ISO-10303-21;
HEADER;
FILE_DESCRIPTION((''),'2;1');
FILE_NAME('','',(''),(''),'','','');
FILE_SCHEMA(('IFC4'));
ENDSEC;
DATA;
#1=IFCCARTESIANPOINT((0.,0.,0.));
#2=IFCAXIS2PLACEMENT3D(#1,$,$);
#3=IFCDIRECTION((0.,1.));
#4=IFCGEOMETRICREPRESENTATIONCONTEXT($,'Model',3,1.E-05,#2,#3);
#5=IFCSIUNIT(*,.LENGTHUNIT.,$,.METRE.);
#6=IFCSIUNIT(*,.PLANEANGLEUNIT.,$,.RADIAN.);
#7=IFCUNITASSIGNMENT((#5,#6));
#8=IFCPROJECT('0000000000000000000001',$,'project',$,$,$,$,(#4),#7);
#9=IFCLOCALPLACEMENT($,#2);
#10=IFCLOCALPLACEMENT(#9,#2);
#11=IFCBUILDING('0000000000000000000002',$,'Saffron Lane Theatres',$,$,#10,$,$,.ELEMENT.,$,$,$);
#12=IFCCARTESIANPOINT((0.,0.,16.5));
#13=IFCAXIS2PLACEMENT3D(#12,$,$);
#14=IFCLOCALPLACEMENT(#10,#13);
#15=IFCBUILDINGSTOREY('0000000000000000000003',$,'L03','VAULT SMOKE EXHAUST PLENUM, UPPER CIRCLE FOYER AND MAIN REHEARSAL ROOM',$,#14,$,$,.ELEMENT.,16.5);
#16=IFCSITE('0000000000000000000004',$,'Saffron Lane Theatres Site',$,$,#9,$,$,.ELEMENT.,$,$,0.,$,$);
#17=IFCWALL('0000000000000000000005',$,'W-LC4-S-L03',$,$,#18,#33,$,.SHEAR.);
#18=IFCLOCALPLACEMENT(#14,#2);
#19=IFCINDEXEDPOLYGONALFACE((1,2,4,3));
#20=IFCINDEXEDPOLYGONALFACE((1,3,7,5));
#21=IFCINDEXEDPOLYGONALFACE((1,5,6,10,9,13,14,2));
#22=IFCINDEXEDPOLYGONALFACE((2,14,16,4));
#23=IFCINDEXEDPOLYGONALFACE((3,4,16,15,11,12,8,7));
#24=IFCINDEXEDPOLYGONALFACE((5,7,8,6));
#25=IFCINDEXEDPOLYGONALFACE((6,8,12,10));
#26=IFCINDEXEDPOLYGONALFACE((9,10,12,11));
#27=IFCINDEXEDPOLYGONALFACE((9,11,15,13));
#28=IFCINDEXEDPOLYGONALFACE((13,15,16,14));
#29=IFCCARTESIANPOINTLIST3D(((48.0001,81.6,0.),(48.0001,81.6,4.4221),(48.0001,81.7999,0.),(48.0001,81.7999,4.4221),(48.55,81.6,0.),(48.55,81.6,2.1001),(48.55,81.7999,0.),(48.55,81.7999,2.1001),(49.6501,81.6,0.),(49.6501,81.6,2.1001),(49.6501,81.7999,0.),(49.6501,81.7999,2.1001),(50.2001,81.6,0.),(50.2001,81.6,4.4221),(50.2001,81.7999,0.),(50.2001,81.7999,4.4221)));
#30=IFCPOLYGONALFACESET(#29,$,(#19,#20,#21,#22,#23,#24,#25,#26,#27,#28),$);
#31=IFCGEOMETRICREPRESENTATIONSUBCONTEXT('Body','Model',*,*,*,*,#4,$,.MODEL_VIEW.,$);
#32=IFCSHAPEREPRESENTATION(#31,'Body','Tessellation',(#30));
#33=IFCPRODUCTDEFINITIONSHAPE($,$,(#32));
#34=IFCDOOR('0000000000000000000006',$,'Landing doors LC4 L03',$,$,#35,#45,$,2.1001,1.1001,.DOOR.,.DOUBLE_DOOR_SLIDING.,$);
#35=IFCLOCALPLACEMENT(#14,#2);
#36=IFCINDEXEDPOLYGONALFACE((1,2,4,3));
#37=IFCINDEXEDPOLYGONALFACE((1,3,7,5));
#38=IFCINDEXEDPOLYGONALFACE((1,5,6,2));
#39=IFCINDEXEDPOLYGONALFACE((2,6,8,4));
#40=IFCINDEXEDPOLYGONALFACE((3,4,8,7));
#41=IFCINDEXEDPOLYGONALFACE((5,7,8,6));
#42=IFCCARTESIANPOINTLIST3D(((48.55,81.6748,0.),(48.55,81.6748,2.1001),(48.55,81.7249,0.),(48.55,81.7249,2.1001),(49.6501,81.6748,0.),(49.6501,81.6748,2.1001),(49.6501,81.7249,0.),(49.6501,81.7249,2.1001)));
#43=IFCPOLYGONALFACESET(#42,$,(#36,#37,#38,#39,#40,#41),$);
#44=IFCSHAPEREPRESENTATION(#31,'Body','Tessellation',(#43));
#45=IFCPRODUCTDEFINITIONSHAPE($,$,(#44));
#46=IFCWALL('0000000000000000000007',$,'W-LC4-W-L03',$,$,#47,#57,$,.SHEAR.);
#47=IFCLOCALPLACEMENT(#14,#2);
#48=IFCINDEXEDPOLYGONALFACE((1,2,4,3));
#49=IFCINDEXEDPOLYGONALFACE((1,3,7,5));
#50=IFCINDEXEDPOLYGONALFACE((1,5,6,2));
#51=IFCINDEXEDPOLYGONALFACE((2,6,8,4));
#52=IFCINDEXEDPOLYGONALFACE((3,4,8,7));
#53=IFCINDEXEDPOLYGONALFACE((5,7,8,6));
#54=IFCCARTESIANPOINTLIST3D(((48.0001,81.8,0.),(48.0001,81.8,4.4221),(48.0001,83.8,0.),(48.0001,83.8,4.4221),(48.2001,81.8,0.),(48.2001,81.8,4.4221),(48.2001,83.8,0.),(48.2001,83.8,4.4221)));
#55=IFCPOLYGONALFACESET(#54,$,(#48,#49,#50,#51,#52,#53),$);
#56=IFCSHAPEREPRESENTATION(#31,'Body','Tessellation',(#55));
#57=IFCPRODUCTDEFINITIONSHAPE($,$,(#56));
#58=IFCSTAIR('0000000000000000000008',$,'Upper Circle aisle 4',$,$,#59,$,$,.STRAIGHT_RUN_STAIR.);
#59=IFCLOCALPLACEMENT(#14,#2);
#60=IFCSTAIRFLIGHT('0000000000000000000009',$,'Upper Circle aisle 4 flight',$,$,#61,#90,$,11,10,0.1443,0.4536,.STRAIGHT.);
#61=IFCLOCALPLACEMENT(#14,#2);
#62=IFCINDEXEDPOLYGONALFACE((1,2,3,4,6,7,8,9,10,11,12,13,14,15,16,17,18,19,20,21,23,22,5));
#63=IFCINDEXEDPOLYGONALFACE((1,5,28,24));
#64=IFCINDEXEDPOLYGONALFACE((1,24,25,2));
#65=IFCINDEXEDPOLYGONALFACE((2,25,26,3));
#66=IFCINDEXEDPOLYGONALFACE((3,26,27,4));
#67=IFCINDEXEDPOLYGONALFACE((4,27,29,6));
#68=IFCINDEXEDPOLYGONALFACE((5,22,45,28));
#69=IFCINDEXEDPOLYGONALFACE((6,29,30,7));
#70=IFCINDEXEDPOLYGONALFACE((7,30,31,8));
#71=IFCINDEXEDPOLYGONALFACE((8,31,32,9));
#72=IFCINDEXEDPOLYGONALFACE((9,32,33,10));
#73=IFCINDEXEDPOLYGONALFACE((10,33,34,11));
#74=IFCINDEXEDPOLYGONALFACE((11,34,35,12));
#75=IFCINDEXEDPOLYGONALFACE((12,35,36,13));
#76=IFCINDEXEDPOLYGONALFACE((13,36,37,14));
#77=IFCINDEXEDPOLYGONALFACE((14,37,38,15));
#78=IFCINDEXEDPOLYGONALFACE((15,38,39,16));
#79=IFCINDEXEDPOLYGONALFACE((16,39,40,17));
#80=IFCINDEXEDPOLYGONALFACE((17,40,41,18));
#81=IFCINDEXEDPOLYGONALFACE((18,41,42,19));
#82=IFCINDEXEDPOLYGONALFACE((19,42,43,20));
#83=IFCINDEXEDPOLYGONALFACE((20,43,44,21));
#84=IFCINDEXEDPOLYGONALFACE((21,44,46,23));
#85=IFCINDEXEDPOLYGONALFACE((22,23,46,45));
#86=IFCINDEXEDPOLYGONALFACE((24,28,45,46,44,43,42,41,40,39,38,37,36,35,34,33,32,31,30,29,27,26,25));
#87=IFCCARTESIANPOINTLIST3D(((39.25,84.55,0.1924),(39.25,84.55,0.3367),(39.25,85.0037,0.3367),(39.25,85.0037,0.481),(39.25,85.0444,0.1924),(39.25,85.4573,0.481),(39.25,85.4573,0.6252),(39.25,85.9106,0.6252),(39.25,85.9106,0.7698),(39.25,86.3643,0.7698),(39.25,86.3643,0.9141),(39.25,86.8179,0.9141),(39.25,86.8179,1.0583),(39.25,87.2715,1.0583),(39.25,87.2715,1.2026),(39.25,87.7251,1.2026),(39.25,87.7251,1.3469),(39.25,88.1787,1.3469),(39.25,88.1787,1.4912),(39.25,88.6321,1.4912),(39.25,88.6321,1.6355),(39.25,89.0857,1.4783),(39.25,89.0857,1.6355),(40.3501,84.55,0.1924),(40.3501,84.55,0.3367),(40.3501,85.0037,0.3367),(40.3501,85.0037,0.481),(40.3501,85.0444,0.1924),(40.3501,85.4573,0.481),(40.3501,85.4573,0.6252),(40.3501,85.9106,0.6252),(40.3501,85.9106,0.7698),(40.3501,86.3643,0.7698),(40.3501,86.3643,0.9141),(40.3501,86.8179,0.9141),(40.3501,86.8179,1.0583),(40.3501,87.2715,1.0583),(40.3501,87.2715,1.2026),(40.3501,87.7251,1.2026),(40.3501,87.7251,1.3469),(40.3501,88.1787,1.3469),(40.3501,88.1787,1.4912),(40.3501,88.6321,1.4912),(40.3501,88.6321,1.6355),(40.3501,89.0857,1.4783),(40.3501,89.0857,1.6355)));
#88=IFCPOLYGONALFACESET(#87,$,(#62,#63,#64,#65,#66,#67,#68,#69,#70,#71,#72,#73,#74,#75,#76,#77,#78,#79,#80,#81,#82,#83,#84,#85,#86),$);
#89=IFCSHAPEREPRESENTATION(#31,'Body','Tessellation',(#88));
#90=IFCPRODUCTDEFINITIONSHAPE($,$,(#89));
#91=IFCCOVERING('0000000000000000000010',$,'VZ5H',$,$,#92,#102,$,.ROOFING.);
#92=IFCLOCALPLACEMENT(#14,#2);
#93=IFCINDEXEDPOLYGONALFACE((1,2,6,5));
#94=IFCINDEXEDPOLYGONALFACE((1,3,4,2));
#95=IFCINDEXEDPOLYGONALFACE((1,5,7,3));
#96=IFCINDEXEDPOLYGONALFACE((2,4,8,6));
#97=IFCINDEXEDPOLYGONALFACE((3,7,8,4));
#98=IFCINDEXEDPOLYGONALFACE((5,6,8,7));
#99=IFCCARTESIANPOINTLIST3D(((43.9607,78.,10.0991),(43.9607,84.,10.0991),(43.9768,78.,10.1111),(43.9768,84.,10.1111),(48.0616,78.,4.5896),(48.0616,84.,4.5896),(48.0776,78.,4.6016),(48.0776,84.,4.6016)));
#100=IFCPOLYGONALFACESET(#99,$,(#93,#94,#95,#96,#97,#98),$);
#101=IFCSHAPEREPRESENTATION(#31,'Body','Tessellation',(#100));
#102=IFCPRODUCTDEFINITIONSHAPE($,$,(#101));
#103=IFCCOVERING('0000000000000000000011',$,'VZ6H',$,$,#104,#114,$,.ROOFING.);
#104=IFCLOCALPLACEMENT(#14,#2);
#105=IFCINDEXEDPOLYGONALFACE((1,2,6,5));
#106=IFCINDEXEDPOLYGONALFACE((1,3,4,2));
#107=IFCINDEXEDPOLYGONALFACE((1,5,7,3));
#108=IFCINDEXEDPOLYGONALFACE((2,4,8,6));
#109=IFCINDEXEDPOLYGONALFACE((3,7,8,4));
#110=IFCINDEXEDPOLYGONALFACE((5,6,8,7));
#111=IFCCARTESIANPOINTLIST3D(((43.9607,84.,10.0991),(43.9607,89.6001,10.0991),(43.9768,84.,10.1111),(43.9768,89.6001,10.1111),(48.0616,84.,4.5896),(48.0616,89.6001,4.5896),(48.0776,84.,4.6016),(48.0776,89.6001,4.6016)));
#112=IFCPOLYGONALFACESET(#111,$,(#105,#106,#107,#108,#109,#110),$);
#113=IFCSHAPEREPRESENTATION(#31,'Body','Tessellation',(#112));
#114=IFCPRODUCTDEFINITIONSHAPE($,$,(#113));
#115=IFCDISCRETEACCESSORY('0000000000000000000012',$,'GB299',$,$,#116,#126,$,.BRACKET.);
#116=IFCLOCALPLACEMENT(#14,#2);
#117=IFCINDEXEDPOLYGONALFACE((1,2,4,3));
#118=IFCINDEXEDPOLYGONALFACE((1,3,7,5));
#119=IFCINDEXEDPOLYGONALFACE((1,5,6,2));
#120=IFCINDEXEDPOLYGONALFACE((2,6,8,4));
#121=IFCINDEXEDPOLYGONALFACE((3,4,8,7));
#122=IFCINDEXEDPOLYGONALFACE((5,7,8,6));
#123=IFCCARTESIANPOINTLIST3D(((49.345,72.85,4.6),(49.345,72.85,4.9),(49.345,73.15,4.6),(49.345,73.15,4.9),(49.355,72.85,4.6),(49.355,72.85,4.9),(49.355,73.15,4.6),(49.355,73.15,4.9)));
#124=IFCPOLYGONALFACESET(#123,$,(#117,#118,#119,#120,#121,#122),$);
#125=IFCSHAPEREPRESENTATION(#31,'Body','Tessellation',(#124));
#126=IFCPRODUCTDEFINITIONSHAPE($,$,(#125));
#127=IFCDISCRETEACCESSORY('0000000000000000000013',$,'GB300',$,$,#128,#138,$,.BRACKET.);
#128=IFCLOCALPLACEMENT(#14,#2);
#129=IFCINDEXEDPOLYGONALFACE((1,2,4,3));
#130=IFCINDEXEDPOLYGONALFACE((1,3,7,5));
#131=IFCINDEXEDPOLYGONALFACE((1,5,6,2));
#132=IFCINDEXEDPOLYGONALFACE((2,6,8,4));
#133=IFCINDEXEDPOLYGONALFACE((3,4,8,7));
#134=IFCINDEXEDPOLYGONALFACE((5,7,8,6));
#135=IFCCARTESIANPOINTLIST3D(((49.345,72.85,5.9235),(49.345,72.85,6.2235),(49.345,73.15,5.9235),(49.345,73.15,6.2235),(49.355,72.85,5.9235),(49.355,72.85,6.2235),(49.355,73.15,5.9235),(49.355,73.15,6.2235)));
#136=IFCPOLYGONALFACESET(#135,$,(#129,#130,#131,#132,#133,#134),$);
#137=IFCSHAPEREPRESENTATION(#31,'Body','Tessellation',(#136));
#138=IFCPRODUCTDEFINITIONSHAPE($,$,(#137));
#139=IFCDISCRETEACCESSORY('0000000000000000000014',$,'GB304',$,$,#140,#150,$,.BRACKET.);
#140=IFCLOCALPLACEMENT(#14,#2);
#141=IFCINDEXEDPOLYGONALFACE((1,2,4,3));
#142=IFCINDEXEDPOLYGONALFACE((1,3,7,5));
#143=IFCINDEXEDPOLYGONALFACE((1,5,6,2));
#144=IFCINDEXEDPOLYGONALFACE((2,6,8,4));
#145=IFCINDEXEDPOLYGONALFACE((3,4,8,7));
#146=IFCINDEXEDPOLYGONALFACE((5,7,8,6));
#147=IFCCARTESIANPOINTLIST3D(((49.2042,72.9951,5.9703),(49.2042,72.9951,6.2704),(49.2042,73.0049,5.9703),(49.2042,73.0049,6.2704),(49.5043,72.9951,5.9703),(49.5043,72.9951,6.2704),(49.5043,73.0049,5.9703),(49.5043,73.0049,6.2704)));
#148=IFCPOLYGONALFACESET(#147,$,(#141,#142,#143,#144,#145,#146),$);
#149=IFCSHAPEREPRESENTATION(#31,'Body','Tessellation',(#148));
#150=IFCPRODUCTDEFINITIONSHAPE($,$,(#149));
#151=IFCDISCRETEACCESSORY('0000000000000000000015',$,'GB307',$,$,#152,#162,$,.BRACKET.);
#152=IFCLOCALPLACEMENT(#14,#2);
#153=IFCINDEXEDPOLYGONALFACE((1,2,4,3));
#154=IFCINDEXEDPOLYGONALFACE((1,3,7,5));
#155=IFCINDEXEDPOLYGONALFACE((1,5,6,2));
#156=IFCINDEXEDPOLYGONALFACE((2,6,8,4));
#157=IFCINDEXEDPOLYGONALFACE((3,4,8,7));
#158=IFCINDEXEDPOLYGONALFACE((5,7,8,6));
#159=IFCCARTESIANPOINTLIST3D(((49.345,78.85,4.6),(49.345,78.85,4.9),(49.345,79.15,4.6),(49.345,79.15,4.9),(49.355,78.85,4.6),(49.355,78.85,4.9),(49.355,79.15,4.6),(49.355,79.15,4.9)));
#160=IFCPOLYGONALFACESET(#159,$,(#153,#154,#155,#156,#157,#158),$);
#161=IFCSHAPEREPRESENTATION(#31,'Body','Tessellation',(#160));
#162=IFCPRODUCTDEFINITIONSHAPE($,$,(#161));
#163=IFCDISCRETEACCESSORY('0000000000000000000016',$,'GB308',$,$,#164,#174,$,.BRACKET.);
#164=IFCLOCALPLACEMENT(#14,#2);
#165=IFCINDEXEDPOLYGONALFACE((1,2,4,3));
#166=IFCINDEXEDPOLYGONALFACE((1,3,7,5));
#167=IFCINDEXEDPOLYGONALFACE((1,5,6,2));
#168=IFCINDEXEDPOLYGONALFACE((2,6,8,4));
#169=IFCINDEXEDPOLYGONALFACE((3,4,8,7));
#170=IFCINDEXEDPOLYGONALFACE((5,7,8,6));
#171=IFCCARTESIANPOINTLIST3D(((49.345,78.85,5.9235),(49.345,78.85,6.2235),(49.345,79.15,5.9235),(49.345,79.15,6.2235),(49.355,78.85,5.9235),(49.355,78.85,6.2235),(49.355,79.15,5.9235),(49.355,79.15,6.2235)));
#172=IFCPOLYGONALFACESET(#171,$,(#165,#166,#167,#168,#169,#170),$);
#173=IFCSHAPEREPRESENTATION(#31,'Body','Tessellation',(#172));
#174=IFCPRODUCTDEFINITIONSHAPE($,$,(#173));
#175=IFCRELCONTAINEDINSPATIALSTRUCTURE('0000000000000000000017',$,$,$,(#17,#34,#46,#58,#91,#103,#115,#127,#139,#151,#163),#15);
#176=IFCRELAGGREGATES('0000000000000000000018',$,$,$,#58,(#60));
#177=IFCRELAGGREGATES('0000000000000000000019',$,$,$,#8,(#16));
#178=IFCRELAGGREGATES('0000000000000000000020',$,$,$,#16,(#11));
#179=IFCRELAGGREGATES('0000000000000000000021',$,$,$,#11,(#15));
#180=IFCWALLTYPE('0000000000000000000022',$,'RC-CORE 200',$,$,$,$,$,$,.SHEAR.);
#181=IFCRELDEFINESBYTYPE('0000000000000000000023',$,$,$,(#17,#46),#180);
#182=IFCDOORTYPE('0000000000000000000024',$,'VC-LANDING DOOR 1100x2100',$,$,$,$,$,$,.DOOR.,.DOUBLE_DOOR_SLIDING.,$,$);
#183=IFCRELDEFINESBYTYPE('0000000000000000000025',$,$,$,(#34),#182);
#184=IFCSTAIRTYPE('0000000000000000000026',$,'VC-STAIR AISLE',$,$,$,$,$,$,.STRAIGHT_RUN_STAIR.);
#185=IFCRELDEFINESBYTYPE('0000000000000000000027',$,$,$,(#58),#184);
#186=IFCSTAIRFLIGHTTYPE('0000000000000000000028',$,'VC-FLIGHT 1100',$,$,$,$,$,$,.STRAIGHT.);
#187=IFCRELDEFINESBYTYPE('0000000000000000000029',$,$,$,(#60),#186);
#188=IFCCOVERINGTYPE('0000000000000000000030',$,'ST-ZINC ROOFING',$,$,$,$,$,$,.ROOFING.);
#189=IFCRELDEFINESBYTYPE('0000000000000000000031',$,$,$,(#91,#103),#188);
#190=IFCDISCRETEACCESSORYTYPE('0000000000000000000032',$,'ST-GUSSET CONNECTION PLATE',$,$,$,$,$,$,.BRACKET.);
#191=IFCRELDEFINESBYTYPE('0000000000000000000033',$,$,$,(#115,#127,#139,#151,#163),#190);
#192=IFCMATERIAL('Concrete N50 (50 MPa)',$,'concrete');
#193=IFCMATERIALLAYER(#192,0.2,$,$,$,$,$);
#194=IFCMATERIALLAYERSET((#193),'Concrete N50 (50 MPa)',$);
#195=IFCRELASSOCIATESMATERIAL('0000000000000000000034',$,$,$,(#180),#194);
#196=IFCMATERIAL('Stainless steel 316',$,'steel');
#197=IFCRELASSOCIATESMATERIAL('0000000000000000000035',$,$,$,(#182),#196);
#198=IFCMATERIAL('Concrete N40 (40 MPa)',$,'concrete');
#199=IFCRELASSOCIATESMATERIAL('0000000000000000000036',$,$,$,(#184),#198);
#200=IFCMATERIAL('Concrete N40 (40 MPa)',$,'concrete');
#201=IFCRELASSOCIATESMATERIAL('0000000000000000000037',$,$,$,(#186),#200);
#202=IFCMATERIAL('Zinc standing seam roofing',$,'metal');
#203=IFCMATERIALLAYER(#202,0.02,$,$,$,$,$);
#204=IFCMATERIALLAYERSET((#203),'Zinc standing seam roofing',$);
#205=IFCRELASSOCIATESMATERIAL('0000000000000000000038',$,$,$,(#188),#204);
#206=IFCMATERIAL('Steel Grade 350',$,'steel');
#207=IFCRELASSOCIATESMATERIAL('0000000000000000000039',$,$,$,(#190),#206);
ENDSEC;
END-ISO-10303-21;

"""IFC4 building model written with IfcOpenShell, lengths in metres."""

from ifc_helpers import new_model, si_unit, direction, frame, frame_2d, origin, origin_2d, place, context, subcontext, project, spatial, polyline, rectangle, outline, extrude, material, layer, layer_set, material_profile, profile_set, type_object, element, fill, aggregate, save


model = new_model("IFC4")

# Units and contexts
model_context = context("Model", 3, precision=1e-05, world=origin(), true_north=direction((0.0, 1.0)))
body_context = subcontext(model_context, "Body", "Model", "MODEL_VIEW")
ifc_project = project(units=[si_unit("LENGTHUNIT", "METRE"), si_unit("PLANEANGLEUNIT", "RADIAN")], contexts=[model_context])

# Site, building, storey
site_placement = place(None, origin())
site = spatial("IfcSite", under=ifc_project, at=site_placement, Name="Saffron Lane Theatres Site", CompositionType="ELEMENT", RefElevation=0.0)
building_placement = place(site_placement, origin())
building = spatial("IfcBuilding", under=site, at=building_placement, Name="Saffron Lane Theatres", CompositionType="ELEMENT")
storey_placement = place(building_placement, frame((0.0, 0.0, 16.5)))
storey = spatial("IfcBuildingStorey", under=building, at=storey_placement, Name="L03", Description="VAULT SMOKE EXHAUST PLENUM, UPPER CIRCLE FOYER AND MAIN REHEARSAL ROOM", CompositionType="ELEMENT", Elevation=16.5)

# Shared definitions
ifc_material_1 = material(Name="Concrete N50 (50 MPa)", Category="concrete")
ifc_layer_1 = layer(ifc_material_1, 0.2)
ifc_layer_set_1 = layer_set([ifc_layer_1], Name="Concrete N50 (50 MPa)")
wall_type = type_object("IfcWallType", Name="RC-CORE 200", PredefinedType="SHEAR", material=ifc_layer_set_1)

# Wall, opening, door
wall_1_placement = place(storey_placement, frame((48.0, 81.7, 0.0), z_axis=(0.0, 0.0, 1.0), x_axis=(1.0, 0.0, 0.0)))
wall_1 = element("IfcWall", 1, at=wall_1_placement, inside=storey, type_object=wall_type, Name="W-LC4-S-L03", PredefinedType="SHEAR", context=body_context, shape_type="SweptSolid", body=[
    extrude(rectangle(XDim=2.2, YDim=0.2, at=frame_2d((1.1001, 0.0))), origin(), (0.0, 0.0, 1.0), 4.4221),
])
opening_placement = place(wall_1_placement, frame((0.55, 0.0, 0.0)))
opening = element("IfcOpeningElement", 2, at=opening_placement, cuts=wall_1, PredefinedType="OPENING", context=body_context, shape_type="SweptSolid", body=[
    extrude(rectangle(XDim=1.1001, YDim=2.1001, at=frame_2d((0.55, 1.05))), frame((0.0, 0.1099, 0.0), z_axis=(0.0, -1.0, 0.0), x_axis=(1.0, 0.0, 0.0)), (0.0, 0.0, 1.0), 0.22),
])
ifc_material_2 = material(Name="Stainless steel 316", Category="steel")
door_type = type_object("IfcDoorType", Name="VC-LANDING DOOR 1100x2100", OperationType="DOUBLE_DOOR_SLIDING", PredefinedType="DOOR", material=ifc_material_2)
door_placement = place(opening_placement, origin())
door = element("IfcDoor", 3, at=door_placement, inside=storey, type_object=door_type, Name="Landing doors LC4 L03", OperationType="DOUBLE_DOOR_SLIDING", OverallHeight=2.1001, OverallWidth=1.1001, PredefinedType="DOOR", context=body_context, shape_type="SweptSolid", body=[
    extrude(rectangle(XDim=1.1001, YDim=2.1001, at=frame_2d((0.55, 1.05))), frame((0.0, 0.0249, 0.0), z_axis=(0.0, -1.0, 0.0), x_axis=(1.0, 0.0, 0.0)), (0.0, 0.0, 1.0), 0.05),
])
fill(opening, door)

# Wall
wall_2_placement = place(storey_placement, frame((48.1001, 81.8, 0.0), z_axis=(0.0, 0.0, 1.0), x_axis=(0.0, 1.0, 0.0)))
element("IfcWall", 4, at=wall_2_placement, inside=storey, type_object=wall_type, Name="W-LC4-W-L03", PredefinedType="SHEAR", context=body_context, shape_type="SweptSolid", body=[
    extrude(rectangle(XDim=2.0, YDim=0.2, at=frame_2d((1.0, 0.0))), origin(), (0.0, 0.0, 1.0), 4.4221),
])

# Stair, stair flight
ifc_material_3 = material(Name="Concrete N40 (40 MPa)", Category="concrete")
stair_type = type_object("IfcStairType", Name="VC-STAIR AISLE", PredefinedType="STRAIGHT_RUN_STAIR", material=ifc_material_3)
stair_placement = place(storey_placement, origin())
stair = element("IfcStair", 5, at=stair_placement, inside=storey, type_object=stair_type, Name="Upper Circle aisle 4", PredefinedType="STRAIGHT_RUN_STAIR")
ifc_material_4 = material(Name="Concrete N40 (40 MPa)", Category="concrete")
stair_flight_type = type_object("IfcStairFlightType", Name="VC-FLIGHT 1100", PredefinedType="STRAIGHT", material=ifc_material_4)
stair_flight_placement = place(storey_placement, frame((39.8, 84.55, 0.1924), z_axis=(0.0, 0.0, 1.0), x_axis=(0.0, 1.0, 0.0)))
stair_flight = element("IfcStairFlight", 6, at=stair_flight_placement, type_object=stair_flight_type, Name="Upper Circle aisle 4 flight", NumberOfRisers=11, NumberOfTreads=10, PredefinedType="STRAIGHT", RiserHeight=0.1443, TreadLength=0.4536, context=body_context, shape_type="SweptSolid", body=[
    extrude(outline(polyline([(0.0, 0.0), (0.0, 0.1443), (0.4536, 0.1443), (0.4536, 0.2886), (0.9072, 0.2886), (0.9072, 0.4329), (1.3606, 0.4329), (1.3606, 0.5774), (1.8142, 0.5774), (1.8142, 0.7217), (2.2678, 0.7217), (2.2678, 0.866), (2.7214, 0.866), (2.7214, 1.0103), (3.175, 1.0103), (3.175, 1.1545), (3.6287, 1.1545), (3.6287, 1.2988), (4.082, 1.2988), (4.082, 1.4431), (4.5356, 1.4431), (4.5356, 1.5874), (4.5356, 1.2859), (0.4944, 0.0), (0.0, 0.0)])), frame((0.0, 0.55, 0.0), z_axis=(0.0, -1.0, 0.0), x_axis=(1.0, 0.0, 0.0)), (0.0, 0.0, 1.0), 1.1001),
])
aggregate(stair, [stair_flight])

# Coverings
ifc_material_5 = material(Name="Zinc standing seam roofing", Category="metal")
ifc_layer_2 = layer(ifc_material_5, 0.02)
ifc_layer_set_2 = layer_set([ifc_layer_2], Name="Zinc standing seam roofing")
covering_type = type_object("IfcCoveringType", Name="ST-ZINC ROOFING", PredefinedType="ROOFING", material=ifc_layer_set_2)
covering_1_placement = place(storey_placement, frame((43.9768, 78.0, 10.1111), z_axis=(0.802183, 0.0, 0.597078), x_axis=(0.597078, 0.0, -0.802183)))
element("IfcCovering", 7, at=covering_1_placement, inside=storey, type_object=covering_type, Name="VZ5H", PredefinedType="ROOFING", context=body_context, shape_type="SweptSolid", body=[
    extrude(outline(polyline([(0.0, 0.0), (6.8682, 0.0), (6.8682, 6.0), (0.0, 6.0), (0.0, 0.0)])), origin(), (0.0, 0.0, -1.0), 0.02),
])
covering_2_placement = place(storey_placement, frame((43.9768, 84.0, 10.1111), z_axis=(0.802183, 0.0, 0.597078), x_axis=(0.597078, 0.0, -0.802183)))
element("IfcCovering", 8, at=covering_2_placement, inside=storey, type_object=covering_type, Name="VZ6H", PredefinedType="ROOFING", context=body_context, shape_type="SweptSolid", body=[
    extrude(outline(polyline([(0.0, 0.0), (6.8682, 0.0), (6.8682, 5.6001), (0.0, 5.6001), (0.0, 0.0)])), origin(), (0.0, 0.0, -1.0), 0.02),
])

# Discrete accessories
ifc_material_6 = material(Name="Steel Grade 350", Category="steel")
ifc_material_profile_1 = material_profile(ifc_material_6, rectangle(XDim=0.3, YDim=0.3, at=origin_2d()))
ifc_profile_set_1 = profile_set([ifc_material_profile_1], Name="Steel Grade 350")
discrete_accessory_type_1 = type_object("IfcDiscreteAccessoryType", Name="ST-GUSSET CONNECTION PLATE", PredefinedType="BRACKET", material=ifc_profile_set_1)
for number, where, z_axis, x_axis, name in (
    (9, (49.345, 73.0, 4.75), (1.0, 0.0, 0.0), (0.0, 1.0, 0.0), "GB299"),
    (10, (49.345, 73.0, 6.0735), (1.0, 0.0, 0.0), (0.0, 1.0, 0.0), "GB300"),
):
    element("IfcDiscreteAccessory", number, at=place(storey_placement, frame(where, z_axis=z_axis, x_axis=x_axis)), inside=storey, type_object=discrete_accessory_type_1, Name=name, PredefinedType="BRACKET", context=body_context, shape_type="SweptSolid", body=[
        extrude(rectangle(XDim=0.3, YDim=0.3, at=origin_2d()), origin(), (0.0, 0.0, 1.0), 0.01),
    ])
discrete_accessory_1_placement = place(storey_placement, frame((49.3542, 72.9951, 6.1204), z_axis=(0.0, 1.0, 0.0), x_axis=(-1.0, 0.0, 0.0)))
element("IfcDiscreteAccessory", 11, at=discrete_accessory_1_placement, inside=storey, type_object=discrete_accessory_type_1, Name="GB304", PredefinedType="BRACKET", context=body_context, shape_type="SweptSolid", body=[
    extrude(rectangle(XDim=0.3, YDim=0.3, at=origin_2d()), origin(), (0.0, 0.0, 1.0), 0.0098),
])
for number, where, z_axis, x_axis, name in (
    (12, (49.345, 79.0, 4.75), (1.0, 0.0, 0.0), (0.0, 1.0, 0.0), "GB307"),
    (13, (49.345, 79.0, 6.0735), (1.0, 0.0, 0.0), (0.0, 1.0, 0.0), "GB308"),
):
    element("IfcDiscreteAccessory", number, at=place(storey_placement, frame(where, z_axis=z_axis, x_axis=x_axis)), inside=storey, type_object=discrete_accessory_type_1, Name=name, PredefinedType="BRACKET", context=body_context, shape_type="SweptSolid", body=[
        extrude(rectangle(XDim=0.3, YDim=0.3, at=origin_2d()), origin(), (0.0, 0.0, 1.0), 0.01),
    ])

save(model, "model.ifc")
